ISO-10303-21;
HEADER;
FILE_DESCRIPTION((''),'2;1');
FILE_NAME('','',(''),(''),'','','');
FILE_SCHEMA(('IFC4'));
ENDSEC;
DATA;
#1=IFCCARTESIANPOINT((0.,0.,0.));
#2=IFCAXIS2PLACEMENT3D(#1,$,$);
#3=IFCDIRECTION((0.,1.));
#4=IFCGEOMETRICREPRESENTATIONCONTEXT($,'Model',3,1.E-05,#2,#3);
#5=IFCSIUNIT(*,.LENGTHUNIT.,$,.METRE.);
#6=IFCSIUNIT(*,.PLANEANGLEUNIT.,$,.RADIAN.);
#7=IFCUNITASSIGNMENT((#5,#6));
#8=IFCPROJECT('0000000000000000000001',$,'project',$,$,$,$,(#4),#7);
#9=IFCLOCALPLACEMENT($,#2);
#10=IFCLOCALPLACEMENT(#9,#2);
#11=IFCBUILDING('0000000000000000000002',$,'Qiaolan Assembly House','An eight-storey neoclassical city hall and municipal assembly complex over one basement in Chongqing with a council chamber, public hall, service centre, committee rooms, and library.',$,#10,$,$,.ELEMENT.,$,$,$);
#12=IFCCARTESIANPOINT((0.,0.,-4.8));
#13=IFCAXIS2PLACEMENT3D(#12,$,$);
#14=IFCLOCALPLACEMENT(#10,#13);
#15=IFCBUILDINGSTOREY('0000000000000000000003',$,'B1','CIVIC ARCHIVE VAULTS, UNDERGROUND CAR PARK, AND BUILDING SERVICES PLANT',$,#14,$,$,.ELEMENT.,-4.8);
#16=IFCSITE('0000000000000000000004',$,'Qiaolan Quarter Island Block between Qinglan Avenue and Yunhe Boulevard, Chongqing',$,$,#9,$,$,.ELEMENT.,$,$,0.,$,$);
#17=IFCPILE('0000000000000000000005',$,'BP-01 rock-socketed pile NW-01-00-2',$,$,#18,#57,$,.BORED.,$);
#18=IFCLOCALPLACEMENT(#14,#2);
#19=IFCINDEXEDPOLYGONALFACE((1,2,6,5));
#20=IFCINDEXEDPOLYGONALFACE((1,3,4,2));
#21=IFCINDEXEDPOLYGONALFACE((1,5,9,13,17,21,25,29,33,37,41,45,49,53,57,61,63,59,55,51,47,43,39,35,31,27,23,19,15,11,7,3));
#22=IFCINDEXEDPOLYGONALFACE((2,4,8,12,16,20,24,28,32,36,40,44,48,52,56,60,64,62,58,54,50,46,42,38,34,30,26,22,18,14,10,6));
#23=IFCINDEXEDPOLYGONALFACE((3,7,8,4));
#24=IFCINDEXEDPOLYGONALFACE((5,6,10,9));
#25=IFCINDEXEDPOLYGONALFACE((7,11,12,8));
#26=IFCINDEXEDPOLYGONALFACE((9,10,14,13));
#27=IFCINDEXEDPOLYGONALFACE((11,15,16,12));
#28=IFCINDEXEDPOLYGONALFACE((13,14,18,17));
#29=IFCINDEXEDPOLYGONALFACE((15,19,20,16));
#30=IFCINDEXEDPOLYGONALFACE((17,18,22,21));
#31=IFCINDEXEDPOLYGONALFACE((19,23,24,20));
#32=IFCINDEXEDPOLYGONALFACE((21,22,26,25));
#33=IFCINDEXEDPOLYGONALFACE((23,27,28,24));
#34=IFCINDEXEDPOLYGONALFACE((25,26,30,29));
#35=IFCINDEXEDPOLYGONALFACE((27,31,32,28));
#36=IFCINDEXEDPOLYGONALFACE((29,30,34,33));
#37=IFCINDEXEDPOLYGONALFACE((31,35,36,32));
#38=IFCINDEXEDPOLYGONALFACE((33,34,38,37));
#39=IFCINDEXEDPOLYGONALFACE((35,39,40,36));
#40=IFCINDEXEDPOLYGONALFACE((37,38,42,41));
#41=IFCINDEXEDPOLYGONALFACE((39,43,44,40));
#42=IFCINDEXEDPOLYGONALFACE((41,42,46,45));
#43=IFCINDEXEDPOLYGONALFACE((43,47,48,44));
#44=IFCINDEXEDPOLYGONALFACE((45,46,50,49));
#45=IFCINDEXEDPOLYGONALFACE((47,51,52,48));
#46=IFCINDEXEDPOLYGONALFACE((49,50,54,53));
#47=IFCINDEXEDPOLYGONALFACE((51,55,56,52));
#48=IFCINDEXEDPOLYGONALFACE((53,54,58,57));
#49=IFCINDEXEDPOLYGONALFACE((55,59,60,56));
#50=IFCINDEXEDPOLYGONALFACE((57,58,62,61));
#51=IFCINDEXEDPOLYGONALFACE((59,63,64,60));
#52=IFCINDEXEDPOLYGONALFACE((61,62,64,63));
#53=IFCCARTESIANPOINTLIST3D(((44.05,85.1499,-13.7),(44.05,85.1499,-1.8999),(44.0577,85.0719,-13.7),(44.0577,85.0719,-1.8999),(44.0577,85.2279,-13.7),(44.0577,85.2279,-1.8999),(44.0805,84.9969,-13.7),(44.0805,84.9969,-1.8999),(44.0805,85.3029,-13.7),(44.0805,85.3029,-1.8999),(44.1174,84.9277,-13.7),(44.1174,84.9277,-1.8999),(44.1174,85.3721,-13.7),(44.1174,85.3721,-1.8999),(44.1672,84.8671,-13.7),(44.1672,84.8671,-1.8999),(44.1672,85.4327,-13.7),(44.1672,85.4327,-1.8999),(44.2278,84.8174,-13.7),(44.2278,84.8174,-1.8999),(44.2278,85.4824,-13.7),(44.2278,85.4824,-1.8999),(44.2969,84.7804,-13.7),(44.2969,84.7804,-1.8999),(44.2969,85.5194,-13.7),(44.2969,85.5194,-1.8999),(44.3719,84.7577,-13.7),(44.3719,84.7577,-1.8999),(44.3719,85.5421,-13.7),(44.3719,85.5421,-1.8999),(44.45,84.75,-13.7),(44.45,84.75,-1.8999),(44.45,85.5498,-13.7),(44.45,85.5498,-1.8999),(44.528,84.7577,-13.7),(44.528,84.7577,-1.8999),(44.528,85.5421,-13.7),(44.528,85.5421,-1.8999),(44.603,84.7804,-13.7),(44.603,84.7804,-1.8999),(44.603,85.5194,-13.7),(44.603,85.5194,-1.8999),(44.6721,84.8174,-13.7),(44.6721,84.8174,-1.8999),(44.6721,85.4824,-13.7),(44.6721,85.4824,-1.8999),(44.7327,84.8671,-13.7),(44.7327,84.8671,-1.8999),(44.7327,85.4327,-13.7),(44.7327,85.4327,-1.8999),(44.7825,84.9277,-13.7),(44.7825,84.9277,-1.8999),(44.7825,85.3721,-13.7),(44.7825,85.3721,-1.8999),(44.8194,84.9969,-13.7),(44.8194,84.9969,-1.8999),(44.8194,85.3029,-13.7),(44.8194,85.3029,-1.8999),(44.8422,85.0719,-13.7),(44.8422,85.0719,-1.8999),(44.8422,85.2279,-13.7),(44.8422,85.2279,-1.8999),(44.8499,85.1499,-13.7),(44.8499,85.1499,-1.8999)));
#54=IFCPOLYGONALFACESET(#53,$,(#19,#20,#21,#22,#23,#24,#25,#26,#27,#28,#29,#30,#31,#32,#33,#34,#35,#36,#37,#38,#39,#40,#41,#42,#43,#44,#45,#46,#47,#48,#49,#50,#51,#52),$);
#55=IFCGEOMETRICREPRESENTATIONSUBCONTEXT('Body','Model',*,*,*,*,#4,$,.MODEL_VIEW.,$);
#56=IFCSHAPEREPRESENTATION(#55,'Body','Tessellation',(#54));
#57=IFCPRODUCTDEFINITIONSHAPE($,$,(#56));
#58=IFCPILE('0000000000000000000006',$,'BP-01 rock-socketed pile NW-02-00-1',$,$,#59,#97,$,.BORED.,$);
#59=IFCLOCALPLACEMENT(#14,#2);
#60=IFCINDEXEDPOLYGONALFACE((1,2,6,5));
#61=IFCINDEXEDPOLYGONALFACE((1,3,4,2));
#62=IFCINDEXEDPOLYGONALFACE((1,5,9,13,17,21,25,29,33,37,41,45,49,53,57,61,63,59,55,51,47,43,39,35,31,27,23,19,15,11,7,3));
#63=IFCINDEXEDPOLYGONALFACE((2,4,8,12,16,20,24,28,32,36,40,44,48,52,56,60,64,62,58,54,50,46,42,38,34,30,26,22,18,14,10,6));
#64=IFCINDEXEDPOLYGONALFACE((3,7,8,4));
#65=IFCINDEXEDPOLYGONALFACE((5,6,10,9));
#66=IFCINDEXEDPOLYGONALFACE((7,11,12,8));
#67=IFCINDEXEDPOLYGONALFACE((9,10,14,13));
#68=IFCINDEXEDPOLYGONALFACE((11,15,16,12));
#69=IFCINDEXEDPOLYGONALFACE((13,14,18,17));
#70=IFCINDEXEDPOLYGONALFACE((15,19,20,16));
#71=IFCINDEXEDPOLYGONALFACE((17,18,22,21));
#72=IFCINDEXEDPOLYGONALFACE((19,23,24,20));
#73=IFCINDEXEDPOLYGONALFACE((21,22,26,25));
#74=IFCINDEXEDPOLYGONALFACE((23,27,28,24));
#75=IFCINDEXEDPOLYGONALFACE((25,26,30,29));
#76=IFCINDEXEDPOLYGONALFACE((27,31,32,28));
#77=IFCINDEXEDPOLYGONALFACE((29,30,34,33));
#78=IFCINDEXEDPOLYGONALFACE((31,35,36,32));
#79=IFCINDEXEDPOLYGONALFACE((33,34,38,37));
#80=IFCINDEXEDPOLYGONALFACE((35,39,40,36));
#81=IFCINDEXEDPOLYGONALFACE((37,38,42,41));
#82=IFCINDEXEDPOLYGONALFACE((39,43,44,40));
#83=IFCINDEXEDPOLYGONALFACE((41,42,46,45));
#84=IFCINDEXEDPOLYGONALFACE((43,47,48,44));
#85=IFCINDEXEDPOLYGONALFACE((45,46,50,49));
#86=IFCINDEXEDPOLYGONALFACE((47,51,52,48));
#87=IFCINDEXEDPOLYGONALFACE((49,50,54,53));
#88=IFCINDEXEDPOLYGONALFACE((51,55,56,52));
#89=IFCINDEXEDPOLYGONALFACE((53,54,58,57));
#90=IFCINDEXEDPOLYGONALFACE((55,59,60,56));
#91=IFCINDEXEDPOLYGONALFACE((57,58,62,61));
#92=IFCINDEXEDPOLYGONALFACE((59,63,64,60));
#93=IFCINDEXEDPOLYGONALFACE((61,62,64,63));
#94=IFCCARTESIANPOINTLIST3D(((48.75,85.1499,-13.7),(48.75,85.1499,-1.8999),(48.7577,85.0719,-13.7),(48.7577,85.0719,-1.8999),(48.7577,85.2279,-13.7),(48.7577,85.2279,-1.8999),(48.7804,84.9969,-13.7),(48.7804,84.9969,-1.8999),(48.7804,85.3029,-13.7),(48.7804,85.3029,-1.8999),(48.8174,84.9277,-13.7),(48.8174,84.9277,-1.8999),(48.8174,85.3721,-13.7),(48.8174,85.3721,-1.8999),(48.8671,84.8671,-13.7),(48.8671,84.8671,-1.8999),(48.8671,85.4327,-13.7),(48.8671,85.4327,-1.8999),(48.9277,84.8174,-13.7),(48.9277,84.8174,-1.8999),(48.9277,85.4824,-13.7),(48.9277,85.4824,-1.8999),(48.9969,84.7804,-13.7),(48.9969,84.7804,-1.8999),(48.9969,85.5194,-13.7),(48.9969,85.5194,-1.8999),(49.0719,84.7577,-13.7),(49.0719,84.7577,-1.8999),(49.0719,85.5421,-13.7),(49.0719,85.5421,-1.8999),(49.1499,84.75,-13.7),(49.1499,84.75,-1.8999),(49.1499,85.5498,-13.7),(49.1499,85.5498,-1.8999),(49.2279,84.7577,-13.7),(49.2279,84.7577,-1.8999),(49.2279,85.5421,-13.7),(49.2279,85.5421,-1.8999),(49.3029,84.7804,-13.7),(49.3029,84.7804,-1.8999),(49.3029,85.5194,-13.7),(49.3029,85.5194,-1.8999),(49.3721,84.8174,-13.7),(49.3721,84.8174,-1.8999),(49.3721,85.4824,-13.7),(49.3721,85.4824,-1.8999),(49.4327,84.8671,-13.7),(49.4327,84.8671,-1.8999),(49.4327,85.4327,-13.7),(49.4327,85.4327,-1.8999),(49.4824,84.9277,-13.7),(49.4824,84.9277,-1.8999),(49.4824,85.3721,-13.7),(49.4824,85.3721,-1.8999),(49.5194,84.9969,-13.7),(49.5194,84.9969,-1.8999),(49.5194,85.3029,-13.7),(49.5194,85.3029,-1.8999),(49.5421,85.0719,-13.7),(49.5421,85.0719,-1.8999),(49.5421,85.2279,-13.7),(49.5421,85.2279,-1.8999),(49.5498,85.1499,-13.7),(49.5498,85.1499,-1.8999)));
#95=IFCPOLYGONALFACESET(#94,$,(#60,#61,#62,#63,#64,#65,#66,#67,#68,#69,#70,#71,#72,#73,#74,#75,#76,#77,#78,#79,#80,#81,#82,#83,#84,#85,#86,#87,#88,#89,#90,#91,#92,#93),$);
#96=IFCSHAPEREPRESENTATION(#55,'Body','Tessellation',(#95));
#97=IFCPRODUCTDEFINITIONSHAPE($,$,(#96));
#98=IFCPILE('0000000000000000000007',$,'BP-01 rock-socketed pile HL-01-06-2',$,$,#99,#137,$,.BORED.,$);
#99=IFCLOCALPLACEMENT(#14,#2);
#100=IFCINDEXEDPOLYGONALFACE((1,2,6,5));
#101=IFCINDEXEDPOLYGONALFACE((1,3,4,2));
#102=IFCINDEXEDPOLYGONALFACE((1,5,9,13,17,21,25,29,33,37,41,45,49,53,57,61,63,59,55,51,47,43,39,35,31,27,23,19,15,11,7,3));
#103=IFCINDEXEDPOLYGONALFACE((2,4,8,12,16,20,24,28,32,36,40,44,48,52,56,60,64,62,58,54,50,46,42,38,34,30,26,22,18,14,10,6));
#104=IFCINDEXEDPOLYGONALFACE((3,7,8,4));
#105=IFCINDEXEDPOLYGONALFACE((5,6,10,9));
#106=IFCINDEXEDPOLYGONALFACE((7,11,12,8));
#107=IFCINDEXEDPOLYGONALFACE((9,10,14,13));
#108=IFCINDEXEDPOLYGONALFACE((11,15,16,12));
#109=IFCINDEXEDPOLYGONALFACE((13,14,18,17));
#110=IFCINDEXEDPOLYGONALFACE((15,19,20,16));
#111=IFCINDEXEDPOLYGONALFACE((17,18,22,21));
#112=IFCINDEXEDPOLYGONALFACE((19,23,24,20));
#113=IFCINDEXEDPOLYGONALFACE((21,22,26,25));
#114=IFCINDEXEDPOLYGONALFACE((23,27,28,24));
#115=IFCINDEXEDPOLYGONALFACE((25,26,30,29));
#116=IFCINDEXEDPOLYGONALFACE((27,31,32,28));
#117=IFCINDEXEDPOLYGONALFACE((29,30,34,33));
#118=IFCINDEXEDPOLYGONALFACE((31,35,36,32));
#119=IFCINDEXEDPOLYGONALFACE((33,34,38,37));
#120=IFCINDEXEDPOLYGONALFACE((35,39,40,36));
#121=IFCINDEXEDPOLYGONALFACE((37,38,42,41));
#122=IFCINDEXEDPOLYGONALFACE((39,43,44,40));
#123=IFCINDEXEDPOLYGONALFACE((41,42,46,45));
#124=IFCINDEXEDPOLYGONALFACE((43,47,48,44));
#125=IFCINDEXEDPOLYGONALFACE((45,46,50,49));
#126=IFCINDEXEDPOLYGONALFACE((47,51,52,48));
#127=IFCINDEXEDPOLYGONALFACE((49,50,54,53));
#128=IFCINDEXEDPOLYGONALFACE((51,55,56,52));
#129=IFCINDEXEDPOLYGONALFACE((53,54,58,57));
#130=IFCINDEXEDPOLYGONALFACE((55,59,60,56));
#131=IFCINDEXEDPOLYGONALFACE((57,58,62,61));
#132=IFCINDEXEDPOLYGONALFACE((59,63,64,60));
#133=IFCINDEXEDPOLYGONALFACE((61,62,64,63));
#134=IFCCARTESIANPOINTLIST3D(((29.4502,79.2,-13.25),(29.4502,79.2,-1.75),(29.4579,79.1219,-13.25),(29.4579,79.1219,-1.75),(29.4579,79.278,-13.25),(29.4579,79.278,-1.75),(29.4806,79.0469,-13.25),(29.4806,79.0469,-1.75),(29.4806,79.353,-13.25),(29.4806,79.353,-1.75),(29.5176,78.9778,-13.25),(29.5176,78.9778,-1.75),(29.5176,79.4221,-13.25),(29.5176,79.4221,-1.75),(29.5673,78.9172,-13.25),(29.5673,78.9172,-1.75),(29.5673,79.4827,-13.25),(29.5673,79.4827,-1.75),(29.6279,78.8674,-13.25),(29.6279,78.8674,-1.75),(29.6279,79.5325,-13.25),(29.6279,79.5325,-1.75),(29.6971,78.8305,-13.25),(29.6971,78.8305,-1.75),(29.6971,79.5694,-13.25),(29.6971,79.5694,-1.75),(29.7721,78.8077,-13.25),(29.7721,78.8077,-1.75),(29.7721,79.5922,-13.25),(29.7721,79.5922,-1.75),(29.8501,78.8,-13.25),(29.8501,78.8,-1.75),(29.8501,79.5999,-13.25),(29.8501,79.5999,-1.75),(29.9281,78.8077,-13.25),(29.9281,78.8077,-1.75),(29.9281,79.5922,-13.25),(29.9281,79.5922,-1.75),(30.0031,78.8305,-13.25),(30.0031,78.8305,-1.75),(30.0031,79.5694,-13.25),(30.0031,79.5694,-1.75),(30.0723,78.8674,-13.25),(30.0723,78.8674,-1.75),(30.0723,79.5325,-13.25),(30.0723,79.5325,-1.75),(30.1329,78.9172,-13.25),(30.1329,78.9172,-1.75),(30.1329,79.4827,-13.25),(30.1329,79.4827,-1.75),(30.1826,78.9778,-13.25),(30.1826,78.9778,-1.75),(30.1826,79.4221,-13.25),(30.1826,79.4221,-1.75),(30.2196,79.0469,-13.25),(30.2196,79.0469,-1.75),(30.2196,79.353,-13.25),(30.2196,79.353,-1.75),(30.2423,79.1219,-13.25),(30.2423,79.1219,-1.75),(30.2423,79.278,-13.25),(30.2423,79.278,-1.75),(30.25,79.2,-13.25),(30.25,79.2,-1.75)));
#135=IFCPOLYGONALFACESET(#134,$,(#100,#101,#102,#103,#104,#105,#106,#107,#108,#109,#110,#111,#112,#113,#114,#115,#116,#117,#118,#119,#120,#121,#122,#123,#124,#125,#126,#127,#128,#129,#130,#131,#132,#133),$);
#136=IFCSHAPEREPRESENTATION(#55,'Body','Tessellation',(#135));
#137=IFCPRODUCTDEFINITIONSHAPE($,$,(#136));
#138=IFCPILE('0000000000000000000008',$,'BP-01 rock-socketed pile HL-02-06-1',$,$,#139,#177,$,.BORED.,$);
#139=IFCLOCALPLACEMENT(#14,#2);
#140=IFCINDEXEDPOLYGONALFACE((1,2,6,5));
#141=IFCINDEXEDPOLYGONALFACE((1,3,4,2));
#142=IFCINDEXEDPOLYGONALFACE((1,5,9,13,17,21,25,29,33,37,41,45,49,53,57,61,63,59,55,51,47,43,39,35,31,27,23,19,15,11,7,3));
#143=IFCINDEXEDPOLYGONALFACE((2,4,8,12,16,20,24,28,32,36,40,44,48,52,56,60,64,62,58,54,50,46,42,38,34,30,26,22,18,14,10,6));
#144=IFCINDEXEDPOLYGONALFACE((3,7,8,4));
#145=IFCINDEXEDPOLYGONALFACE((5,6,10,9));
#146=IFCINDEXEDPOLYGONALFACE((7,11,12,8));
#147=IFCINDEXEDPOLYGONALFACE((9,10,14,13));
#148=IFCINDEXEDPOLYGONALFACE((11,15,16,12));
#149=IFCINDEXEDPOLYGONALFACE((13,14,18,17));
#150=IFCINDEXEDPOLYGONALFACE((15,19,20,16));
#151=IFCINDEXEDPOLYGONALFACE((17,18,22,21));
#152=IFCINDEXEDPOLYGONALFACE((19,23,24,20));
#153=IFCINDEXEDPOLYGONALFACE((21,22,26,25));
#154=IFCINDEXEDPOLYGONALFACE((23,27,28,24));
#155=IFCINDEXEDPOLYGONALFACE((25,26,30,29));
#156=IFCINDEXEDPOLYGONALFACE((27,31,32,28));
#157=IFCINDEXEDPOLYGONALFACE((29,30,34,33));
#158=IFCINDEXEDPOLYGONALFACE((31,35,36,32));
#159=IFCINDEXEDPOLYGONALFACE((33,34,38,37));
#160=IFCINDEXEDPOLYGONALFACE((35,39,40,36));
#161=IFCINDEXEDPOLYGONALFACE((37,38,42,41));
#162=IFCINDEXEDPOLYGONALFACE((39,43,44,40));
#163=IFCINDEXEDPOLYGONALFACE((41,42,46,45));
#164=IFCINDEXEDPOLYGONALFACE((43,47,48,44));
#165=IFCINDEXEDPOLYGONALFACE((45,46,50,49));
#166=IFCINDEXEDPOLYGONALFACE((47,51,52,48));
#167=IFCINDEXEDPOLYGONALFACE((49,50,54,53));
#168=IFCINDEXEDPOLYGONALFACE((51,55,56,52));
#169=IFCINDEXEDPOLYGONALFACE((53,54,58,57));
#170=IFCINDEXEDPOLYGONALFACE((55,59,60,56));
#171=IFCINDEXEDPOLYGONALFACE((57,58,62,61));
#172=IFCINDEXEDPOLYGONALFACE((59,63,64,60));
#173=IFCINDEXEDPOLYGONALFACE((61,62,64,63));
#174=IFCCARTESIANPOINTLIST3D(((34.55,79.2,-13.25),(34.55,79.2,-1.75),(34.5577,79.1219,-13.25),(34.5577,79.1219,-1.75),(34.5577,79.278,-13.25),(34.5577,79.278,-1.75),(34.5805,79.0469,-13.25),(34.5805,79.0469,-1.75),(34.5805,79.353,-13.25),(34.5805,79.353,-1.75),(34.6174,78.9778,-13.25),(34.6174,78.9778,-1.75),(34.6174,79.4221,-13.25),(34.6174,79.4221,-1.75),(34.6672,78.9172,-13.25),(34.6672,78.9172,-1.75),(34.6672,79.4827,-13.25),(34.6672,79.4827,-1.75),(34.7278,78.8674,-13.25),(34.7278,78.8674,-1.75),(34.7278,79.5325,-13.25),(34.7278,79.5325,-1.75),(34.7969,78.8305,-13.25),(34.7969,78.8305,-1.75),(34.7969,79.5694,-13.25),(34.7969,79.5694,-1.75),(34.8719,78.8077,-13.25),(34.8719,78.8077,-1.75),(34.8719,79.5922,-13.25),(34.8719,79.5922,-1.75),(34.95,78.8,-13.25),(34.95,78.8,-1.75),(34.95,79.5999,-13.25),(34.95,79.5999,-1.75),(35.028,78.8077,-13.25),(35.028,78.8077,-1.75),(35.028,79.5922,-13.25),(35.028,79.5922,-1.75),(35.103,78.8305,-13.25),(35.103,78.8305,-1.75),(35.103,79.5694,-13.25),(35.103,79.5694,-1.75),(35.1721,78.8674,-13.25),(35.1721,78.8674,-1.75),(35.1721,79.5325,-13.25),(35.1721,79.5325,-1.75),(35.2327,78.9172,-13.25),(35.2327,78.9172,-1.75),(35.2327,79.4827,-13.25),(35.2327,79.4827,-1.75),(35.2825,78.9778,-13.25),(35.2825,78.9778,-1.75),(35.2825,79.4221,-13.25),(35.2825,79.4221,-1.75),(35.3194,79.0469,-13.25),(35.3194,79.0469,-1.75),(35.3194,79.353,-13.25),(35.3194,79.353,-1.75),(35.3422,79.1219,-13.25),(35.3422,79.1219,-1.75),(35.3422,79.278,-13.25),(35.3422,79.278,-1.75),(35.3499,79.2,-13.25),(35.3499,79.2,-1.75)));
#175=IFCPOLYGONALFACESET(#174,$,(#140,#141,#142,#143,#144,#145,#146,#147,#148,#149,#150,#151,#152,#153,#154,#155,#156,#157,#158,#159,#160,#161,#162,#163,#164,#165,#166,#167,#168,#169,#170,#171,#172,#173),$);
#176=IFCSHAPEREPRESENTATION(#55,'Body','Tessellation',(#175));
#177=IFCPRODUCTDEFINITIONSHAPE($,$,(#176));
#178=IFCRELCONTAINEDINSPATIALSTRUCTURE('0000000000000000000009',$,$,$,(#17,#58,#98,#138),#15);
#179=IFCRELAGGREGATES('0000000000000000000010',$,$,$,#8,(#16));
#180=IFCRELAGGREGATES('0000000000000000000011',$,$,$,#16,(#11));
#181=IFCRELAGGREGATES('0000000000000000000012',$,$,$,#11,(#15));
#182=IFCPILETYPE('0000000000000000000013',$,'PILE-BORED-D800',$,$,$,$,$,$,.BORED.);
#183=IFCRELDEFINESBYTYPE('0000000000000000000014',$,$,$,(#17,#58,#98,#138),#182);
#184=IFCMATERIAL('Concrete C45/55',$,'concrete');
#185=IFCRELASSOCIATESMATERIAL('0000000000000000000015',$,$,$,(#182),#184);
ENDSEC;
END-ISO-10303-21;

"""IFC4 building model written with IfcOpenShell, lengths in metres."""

from ifc_helpers import new_model, si_unit, direction, frame, origin, origin_2d, place, context, subcontext, project, spatial, circle, extrude, material, material_profile, profile_set, type_object, element, save


model = new_model("IFC4")

# Units and contexts
model_context = context("Model", 3, precision=1e-05, world=origin(), true_north=direction((0.0, 1.0)))
body_context = subcontext(model_context, "Body", "Model", "MODEL_VIEW")
ifc_project = project(units=[si_unit("LENGTHUNIT", "METRE"), si_unit("PLANEANGLEUNIT", "RADIAN")], contexts=[model_context])

# Site, building, storey
site_placement = place(None, origin())
site = spatial("IfcSite", under=ifc_project, at=site_placement, Name="Qiaolan Quarter Island Block between Qinglan Avenue and Yunhe Boulevard, Chongqing", CompositionType="ELEMENT", RefElevation=0.0)
building_placement = place(site_placement, origin())
building = spatial("IfcBuilding", under=site, at=building_placement, Name="Qiaolan Assembly House", Description="An eight-storey neoclassical city hall and municipal assembly complex over one basement in Chongqing with a council chamber, public hall, service centre, committee rooms, and library.", CompositionType="ELEMENT")
storey_placement = place(building_placement, frame((0.0, 0.0, -4.8)))
storey = spatial("IfcBuildingStorey", under=building, at=storey_placement, Name="B1", Description="CIVIC ARCHIVE VAULTS, UNDERGROUND CAR PARK, AND BUILDING SERVICES PLANT", CompositionType="ELEMENT", Elevation=-4.8)

# Piles
ifc_material_1 = material(Name="Concrete C45/55", Category="concrete")
ifc_material_profile_1 = material_profile(ifc_material_1, circle(Radius=0.3999, at=origin_2d()), Name="PILE D800")
ifc_profile_set_1 = profile_set([ifc_material_profile_1], Name="Concrete C45/55")
pile_type = type_object("IfcPileType", Name="PILE-BORED-D800", PredefinedType="BORED", material=ifc_profile_set_1)
for number, where, z_axis, x_axis, name in (
    (1, (44.45, 85.1499, -1.8999), (0.0, 0.0, -1.0), (1.0, 0.0, 0.0), "BP-01 rock-socketed pile NW-01-00-2"),
    (2, (49.1499, 85.1499, -1.8999), (0.0, 0.0, -1.0), (1.0, 0.0, 0.0), "BP-01 rock-socketed pile NW-02-00-1"),
):
    element("IfcPile", number, at=place(storey_placement, frame(where, z_axis=z_axis, x_axis=x_axis)), inside=storey, type_object=pile_type, Name=name, PredefinedType="BORED", context=body_context, shape_type="SweptSolid", body=[
        extrude(circle(Radius=0.3999, at=origin_2d()), origin(), (0.0, 0.0, 1.0), 11.8),
    ])
for number, where, z_axis, x_axis, name in (
    (3, (29.8501, 79.2, -1.75), (0.0, 0.0, -1.0), (1.0, 0.0, 0.0), "BP-01 rock-socketed pile HL-01-06-2"),
    (4, (34.95, 79.2, -1.75), (0.0, 0.0, -1.0), (1.0, 0.0, 0.0), "BP-01 rock-socketed pile HL-02-06-1"),
):
    element("IfcPile", number, at=place(storey_placement, frame(where, z_axis=z_axis, x_axis=x_axis)), inside=storey, type_object=pile_type, Name=name, PredefinedType="BORED", context=body_context, shape_type="SweptSolid", body=[
        extrude(circle(Radius=0.3999, at=origin_2d()), origin(), (0.0, 0.0, 1.0), 11.5),
    ])

save(model, "model.ifc")
